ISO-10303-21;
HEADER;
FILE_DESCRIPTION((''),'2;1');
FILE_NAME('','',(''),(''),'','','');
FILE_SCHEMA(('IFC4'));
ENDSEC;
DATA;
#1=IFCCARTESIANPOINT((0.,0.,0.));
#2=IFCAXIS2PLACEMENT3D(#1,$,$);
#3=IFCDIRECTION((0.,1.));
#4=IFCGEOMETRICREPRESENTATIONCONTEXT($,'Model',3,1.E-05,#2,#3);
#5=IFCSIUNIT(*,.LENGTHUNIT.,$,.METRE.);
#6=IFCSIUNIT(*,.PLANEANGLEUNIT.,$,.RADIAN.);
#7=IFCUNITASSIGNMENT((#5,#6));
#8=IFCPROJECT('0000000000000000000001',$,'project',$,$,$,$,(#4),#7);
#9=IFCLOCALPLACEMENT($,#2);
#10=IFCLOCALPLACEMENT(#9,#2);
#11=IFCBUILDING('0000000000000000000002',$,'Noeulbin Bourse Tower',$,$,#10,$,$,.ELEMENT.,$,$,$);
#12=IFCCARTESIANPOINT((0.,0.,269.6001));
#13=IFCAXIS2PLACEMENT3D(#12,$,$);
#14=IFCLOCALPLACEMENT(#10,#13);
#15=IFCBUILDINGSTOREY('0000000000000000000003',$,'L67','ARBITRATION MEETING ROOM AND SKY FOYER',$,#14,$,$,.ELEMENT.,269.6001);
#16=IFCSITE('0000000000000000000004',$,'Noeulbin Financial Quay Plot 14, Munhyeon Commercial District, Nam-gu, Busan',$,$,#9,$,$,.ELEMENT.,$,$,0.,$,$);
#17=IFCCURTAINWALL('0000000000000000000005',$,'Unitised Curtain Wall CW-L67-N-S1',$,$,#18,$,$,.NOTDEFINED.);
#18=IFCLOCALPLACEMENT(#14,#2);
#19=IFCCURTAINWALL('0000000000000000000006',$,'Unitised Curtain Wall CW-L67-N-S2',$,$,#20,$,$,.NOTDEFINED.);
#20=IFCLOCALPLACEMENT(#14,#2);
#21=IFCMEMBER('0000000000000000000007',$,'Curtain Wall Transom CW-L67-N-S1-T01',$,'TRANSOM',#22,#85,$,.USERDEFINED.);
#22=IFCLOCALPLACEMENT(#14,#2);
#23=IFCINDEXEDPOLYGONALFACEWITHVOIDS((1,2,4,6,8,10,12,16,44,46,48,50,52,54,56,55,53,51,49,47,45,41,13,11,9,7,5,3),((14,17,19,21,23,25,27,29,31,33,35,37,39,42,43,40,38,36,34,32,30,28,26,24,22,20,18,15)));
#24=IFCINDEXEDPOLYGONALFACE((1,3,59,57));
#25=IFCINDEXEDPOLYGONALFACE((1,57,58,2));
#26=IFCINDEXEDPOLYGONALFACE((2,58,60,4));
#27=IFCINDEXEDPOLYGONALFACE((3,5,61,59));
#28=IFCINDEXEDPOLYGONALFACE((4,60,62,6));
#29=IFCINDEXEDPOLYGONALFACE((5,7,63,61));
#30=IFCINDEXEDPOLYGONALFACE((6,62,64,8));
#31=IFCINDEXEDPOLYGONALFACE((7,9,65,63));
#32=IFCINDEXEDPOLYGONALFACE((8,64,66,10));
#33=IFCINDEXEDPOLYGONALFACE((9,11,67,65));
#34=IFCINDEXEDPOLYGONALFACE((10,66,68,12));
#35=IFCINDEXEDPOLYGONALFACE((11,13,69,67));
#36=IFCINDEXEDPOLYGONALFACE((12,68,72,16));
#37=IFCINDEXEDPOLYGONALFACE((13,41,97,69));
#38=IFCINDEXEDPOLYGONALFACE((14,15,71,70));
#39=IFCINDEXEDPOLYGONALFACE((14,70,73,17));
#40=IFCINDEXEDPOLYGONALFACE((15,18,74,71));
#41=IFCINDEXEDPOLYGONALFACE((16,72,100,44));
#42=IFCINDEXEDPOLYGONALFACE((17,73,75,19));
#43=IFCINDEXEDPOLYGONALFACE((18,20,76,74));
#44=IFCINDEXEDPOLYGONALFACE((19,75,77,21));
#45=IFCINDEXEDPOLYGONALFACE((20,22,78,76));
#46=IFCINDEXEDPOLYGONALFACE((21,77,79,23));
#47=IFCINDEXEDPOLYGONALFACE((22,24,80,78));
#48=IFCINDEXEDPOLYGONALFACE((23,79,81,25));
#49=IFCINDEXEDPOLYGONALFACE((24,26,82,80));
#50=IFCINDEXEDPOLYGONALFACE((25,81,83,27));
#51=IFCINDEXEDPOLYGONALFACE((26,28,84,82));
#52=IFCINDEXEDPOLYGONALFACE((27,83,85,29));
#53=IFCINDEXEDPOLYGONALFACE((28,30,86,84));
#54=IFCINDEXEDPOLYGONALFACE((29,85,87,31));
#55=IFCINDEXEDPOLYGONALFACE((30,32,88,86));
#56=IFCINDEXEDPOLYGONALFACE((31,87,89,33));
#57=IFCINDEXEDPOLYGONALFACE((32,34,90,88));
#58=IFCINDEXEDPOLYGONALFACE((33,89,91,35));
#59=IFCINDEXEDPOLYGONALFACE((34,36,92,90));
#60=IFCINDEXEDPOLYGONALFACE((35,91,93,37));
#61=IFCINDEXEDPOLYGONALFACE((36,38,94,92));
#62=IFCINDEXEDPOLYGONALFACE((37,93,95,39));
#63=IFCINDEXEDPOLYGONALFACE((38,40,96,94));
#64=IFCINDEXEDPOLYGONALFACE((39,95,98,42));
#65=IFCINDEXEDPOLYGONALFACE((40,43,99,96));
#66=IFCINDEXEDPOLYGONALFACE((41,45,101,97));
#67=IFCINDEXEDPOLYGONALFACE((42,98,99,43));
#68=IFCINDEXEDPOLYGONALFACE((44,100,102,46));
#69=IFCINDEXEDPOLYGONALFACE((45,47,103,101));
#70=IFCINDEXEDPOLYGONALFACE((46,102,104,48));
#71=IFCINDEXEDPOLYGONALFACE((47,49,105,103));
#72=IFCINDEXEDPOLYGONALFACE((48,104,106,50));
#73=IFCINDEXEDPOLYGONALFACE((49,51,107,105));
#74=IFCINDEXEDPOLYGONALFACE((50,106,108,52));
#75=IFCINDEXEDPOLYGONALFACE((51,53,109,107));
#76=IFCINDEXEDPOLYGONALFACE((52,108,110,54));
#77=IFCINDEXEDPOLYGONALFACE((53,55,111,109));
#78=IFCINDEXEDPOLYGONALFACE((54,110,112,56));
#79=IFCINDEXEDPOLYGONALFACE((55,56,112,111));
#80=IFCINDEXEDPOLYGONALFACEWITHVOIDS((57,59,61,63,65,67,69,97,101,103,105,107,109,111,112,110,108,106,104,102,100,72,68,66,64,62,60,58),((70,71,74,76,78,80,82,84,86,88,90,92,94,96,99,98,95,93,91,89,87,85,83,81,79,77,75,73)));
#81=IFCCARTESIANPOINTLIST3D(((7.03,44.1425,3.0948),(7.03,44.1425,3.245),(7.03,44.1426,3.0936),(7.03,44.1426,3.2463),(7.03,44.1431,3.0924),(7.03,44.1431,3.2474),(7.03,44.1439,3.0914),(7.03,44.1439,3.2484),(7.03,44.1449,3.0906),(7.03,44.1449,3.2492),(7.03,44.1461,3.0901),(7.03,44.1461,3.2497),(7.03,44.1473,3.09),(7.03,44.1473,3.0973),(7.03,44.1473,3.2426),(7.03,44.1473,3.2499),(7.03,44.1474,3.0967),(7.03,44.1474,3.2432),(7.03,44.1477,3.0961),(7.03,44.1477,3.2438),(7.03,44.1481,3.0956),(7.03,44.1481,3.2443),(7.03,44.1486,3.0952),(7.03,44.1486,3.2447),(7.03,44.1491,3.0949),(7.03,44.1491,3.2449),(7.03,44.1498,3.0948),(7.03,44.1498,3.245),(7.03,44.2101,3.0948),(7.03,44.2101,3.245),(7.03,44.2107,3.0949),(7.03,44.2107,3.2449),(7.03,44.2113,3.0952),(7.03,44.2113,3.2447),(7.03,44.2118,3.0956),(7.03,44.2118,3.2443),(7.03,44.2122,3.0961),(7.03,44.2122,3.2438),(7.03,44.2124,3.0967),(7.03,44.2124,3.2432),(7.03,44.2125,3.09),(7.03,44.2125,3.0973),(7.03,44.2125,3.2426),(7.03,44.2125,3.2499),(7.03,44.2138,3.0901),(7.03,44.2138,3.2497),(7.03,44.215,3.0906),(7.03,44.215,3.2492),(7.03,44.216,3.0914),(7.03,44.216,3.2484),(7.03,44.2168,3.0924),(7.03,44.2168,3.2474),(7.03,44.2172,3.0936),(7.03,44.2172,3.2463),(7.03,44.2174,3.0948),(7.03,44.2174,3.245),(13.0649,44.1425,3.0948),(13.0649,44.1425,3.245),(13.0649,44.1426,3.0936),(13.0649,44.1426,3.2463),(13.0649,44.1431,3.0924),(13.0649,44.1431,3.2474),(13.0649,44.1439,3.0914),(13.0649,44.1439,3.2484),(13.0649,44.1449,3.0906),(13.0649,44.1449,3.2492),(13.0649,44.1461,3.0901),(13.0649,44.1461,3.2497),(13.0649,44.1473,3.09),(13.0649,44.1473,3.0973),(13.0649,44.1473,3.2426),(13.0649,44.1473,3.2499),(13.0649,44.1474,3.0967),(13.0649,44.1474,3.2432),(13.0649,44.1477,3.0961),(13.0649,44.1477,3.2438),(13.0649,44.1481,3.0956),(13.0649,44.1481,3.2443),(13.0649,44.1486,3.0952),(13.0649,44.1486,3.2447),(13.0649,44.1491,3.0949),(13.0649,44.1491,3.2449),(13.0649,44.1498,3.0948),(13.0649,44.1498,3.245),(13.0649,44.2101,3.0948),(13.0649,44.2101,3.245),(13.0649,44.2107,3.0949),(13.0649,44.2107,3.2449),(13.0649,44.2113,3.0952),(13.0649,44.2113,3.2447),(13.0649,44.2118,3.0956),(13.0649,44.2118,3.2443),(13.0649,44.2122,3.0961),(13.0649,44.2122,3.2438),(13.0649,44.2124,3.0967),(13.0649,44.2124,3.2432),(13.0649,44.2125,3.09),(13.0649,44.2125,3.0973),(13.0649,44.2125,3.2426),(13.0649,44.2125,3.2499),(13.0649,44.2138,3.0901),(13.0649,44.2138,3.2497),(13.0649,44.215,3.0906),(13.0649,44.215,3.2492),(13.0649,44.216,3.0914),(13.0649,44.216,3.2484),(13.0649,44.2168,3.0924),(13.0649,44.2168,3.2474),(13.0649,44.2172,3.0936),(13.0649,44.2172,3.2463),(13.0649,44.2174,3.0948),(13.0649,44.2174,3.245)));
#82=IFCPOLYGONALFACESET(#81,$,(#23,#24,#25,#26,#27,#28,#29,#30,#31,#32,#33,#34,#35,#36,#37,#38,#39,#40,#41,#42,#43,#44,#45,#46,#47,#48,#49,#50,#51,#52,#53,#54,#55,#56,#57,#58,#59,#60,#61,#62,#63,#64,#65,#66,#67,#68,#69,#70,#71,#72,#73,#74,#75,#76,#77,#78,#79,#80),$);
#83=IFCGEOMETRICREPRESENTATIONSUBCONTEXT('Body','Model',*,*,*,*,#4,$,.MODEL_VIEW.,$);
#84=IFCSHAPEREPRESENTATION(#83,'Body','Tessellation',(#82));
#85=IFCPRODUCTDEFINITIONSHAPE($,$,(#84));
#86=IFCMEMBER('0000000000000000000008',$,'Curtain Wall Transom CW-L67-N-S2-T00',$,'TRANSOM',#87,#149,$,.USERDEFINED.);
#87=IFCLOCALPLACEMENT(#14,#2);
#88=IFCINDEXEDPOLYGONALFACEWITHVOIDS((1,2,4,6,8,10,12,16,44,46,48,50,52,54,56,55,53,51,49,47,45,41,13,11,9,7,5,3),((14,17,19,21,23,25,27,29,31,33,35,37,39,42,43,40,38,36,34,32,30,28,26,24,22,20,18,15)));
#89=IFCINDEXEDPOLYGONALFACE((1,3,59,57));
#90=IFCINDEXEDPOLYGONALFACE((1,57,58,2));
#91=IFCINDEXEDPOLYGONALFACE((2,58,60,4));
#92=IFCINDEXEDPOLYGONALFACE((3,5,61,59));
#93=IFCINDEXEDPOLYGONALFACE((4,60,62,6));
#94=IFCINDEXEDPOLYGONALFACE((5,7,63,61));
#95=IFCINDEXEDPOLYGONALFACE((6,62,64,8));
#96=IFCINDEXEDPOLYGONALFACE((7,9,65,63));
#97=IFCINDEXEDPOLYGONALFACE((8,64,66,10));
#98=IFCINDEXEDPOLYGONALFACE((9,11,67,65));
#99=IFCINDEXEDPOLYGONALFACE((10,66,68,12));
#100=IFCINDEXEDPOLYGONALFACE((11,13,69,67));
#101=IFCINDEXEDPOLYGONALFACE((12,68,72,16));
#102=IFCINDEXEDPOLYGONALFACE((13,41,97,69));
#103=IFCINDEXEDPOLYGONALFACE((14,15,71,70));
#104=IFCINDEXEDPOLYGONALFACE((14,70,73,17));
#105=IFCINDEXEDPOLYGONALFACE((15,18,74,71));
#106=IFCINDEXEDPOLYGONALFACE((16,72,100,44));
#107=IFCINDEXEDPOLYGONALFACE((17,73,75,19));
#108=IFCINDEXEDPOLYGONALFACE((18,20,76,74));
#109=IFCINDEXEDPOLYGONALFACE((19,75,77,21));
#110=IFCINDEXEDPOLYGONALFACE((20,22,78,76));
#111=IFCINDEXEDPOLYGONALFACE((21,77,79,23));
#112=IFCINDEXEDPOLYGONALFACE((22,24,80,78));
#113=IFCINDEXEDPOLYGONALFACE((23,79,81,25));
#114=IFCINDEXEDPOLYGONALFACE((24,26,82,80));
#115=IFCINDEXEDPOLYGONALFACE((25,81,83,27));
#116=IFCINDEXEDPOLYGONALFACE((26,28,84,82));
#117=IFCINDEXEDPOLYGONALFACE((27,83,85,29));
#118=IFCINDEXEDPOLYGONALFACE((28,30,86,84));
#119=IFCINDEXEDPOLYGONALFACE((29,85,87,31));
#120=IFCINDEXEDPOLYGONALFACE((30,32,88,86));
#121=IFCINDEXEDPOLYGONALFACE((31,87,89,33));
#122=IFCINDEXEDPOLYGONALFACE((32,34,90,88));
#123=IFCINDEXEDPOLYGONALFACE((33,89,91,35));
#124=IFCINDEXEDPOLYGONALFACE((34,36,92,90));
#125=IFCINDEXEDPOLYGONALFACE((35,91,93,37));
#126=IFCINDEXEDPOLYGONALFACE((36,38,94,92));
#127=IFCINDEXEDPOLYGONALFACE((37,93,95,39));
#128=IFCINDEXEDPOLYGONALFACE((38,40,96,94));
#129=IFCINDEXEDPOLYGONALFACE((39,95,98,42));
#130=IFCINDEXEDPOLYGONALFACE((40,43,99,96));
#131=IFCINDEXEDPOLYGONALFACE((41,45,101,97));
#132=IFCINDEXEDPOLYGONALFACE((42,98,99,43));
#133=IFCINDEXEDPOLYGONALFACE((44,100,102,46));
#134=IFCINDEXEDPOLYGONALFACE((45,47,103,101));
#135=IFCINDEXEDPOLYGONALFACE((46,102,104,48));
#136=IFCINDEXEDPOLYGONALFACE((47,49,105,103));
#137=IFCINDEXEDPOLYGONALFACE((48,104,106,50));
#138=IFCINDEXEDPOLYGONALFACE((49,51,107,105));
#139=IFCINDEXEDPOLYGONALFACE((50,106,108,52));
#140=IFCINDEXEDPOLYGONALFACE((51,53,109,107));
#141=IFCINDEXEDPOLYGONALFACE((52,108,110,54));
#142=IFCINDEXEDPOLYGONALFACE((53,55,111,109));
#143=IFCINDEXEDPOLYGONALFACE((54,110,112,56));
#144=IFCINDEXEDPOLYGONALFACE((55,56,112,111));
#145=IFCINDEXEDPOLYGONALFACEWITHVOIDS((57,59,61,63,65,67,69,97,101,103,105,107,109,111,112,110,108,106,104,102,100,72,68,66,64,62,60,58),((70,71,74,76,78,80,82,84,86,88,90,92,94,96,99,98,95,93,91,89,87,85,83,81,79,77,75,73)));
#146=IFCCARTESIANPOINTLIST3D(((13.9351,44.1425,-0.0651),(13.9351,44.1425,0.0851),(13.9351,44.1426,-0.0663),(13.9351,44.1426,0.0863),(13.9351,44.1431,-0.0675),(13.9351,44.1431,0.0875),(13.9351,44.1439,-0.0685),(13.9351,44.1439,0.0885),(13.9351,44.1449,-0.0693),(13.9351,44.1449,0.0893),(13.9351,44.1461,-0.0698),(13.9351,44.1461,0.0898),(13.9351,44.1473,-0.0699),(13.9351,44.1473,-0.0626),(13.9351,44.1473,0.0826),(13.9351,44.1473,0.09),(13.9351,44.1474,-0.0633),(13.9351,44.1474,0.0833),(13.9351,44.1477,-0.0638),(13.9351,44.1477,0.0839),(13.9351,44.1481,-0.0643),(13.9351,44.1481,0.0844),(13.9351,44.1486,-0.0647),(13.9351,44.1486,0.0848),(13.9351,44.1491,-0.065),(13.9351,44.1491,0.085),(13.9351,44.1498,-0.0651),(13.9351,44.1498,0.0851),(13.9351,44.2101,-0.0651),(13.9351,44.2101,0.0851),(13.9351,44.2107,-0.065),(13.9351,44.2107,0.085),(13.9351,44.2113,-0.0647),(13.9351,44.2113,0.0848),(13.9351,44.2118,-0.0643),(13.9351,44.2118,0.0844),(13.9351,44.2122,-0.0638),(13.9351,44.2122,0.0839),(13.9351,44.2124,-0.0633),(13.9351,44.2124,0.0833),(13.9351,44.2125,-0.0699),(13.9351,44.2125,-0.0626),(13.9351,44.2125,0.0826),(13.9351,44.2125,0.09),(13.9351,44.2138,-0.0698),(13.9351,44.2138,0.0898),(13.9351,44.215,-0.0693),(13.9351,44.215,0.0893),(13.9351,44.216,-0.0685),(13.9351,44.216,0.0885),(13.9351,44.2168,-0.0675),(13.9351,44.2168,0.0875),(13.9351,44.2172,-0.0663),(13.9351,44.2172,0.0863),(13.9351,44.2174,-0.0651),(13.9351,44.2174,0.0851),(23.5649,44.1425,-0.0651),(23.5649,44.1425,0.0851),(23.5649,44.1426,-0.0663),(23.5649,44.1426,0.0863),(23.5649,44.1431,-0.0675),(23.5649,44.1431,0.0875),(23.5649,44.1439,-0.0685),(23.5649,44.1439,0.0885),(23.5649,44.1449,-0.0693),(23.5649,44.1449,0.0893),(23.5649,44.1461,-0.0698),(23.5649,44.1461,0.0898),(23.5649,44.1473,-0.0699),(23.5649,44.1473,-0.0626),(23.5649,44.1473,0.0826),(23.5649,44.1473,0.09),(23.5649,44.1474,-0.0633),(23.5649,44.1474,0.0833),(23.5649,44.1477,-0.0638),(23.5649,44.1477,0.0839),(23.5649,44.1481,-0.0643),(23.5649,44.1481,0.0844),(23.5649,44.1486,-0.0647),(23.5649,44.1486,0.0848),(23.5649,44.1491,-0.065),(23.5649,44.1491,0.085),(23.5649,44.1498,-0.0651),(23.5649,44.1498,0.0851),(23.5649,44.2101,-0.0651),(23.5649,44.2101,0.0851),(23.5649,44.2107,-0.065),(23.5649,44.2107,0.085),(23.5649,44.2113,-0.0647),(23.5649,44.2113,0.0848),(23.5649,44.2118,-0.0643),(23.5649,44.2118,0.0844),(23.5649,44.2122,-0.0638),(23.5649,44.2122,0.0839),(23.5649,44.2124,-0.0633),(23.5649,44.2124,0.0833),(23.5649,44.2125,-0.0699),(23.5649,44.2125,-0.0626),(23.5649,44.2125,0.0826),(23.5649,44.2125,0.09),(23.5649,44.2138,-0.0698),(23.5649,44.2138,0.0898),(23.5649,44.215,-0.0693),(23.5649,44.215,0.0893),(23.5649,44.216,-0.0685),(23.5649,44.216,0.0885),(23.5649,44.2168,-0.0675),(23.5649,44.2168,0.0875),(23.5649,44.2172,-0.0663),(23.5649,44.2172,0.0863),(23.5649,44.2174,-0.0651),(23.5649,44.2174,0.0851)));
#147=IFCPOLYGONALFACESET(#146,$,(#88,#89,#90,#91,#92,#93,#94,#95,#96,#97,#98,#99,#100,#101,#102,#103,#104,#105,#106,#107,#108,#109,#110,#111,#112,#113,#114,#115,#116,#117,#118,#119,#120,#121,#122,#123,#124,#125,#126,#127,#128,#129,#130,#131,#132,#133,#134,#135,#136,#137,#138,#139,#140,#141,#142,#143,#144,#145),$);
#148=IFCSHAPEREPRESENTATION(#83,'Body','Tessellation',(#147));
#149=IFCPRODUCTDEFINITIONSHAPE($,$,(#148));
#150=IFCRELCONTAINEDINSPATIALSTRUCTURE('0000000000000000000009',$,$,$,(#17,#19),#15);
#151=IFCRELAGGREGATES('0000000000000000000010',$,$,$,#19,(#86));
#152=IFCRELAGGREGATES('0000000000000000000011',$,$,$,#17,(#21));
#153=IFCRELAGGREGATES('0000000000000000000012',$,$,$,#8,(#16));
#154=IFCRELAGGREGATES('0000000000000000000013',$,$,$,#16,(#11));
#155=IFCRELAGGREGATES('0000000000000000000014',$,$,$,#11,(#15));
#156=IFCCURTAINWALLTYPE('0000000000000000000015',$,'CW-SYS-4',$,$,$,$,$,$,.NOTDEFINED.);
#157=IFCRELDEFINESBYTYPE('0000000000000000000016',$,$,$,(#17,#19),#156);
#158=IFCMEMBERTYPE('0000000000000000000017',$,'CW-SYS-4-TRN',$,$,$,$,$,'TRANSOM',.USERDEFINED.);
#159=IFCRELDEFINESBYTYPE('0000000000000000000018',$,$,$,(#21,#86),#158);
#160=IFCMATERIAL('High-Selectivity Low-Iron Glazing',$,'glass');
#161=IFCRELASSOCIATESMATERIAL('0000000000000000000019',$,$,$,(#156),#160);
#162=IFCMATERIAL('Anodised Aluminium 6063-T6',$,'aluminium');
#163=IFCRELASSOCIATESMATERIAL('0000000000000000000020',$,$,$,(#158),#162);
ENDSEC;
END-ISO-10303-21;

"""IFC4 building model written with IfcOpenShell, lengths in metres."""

from ifc_helpers import new_model, si_unit, direction, frame, origin, origin_2d, place, context, subcontext, project, spatial, hollow_rectangle, extrude, material, material_profile, profile_set, type_object, element, aggregate, save


model = new_model("IFC4")

# Units and contexts
model_context = context("Model", 3, precision=1e-05, world=origin(), true_north=direction((0.0, 1.0)))
body_context = subcontext(model_context, "Body", "Model", "MODEL_VIEW")
ifc_project = project(units=[si_unit("LENGTHUNIT", "METRE"), si_unit("PLANEANGLEUNIT", "RADIAN")], contexts=[model_context])

# Site, building, storey
site_placement = place(None, origin())
site = spatial("IfcSite", under=ifc_project, at=site_placement, Name="Noeulbin Financial Quay Plot 14, Munhyeon Commercial District, Nam-gu, Busan", CompositionType="ELEMENT", RefElevation=0.0)
building_placement = place(site_placement, origin())
building = spatial("IfcBuilding", under=site, at=building_placement, Name="Noeulbin Bourse Tower", CompositionType="ELEMENT")
storey_placement = place(building_placement, frame((0.0, 0.0, 269.6001)))
storey = spatial("IfcBuildingStorey", under=building, at=storey_placement, Name="L67", Description="ARBITRATION MEETING ROOM AND SKY FOYER", CompositionType="ELEMENT", Elevation=269.6001)

# Curtain wall
ifc_material_1 = material(Name="High-Selectivity Low-Iron Glazing", Category="glass")
curtain_wall_type = type_object("IfcCurtainWallType", Name="CW-SYS-4", PredefinedType="NOTDEFINED", material=ifc_material_1)
curtain_wall_1_placement = place(storey_placement, origin())
curtain_wall_1 = element("IfcCurtainWall", 1, at=curtain_wall_1_placement, inside=storey, type_object=curtain_wall_type, Name="Unitised Curtain Wall CW-L67-N-S1", PredefinedType="NOTDEFINED")
ifc_material_2 = material(Name="Anodised Aluminium 6063-T6", Category="aluminium")

# Curtain wall
curtain_wall_2_placement = place(storey_placement, origin())
curtain_wall_2 = element("IfcCurtainWall", 2, at=curtain_wall_2_placement, inside=storey, type_object=curtain_wall_type, Name="Unitised Curtain Wall CW-L67-N-S2", PredefinedType="NOTDEFINED")

# Members
ifc_material_profile_1 = material_profile(ifc_material_2, hollow_rectangle(XDim=0.075, YDim=0.1599, WallThickness=0.0049, InnerFilletRadius=0.0024, OuterFilletRadius=0.0049, at=origin_2d()), Name="ALU-TRAN-75x160x5", Category="LoadBearing")
ifc_profile_set_1 = profile_set([ifc_material_profile_1], Name="Anodised Aluminium 6063-T6")
member_type_1 = type_object("IfcMemberType", Name="CW-SYS-4-TRN", ElementType="TRANSOM", PredefinedType="USERDEFINED", material=ifc_profile_set_1)
member_1_placement = place(storey_placement, frame((7.03, 44.1799, 3.1699), z_axis=(1.0, 0.0, 0.0), x_axis=(0.0, 1.0, 0.0)))
member_1 = element("IfcMember", 3, at=member_1_placement, type_object=member_type_1, Name="Curtain Wall Transom CW-L67-N-S1-T01", ObjectType="TRANSOM", PredefinedType="USERDEFINED", context=body_context, shape_type="SweptSolid", body=[
    extrude(hollow_rectangle(XDim=0.075, YDim=0.1599, WallThickness=0.0049, InnerFilletRadius=0.0024, OuterFilletRadius=0.0049, at=origin_2d()), origin(), (0.0, 0.0, 1.0), 6.0349),
])
member_2_placement = place(storey_placement, frame((13.9351, 44.1799, 0.01), z_axis=(1.0, 0.0, 0.0), x_axis=(0.0, 1.0, 0.0)))
member_2 = element("IfcMember", 4, at=member_2_placement, type_object=member_type_1, Name="Curtain Wall Transom CW-L67-N-S2-T00", ObjectType="TRANSOM", PredefinedType="USERDEFINED", context=body_context, shape_type="SweptSolid", body=[
    extrude(hollow_rectangle(XDim=0.075, YDim=0.1599, WallThickness=0.0049, InnerFilletRadius=0.0024, OuterFilletRadius=0.0049, at=origin_2d()), origin(), (0.0, 0.0, 1.0), 9.6299),
])
aggregate(curtain_wall_2, [member_2])

aggregate(curtain_wall_1, [member_1])

save(model, "model.ifc")
